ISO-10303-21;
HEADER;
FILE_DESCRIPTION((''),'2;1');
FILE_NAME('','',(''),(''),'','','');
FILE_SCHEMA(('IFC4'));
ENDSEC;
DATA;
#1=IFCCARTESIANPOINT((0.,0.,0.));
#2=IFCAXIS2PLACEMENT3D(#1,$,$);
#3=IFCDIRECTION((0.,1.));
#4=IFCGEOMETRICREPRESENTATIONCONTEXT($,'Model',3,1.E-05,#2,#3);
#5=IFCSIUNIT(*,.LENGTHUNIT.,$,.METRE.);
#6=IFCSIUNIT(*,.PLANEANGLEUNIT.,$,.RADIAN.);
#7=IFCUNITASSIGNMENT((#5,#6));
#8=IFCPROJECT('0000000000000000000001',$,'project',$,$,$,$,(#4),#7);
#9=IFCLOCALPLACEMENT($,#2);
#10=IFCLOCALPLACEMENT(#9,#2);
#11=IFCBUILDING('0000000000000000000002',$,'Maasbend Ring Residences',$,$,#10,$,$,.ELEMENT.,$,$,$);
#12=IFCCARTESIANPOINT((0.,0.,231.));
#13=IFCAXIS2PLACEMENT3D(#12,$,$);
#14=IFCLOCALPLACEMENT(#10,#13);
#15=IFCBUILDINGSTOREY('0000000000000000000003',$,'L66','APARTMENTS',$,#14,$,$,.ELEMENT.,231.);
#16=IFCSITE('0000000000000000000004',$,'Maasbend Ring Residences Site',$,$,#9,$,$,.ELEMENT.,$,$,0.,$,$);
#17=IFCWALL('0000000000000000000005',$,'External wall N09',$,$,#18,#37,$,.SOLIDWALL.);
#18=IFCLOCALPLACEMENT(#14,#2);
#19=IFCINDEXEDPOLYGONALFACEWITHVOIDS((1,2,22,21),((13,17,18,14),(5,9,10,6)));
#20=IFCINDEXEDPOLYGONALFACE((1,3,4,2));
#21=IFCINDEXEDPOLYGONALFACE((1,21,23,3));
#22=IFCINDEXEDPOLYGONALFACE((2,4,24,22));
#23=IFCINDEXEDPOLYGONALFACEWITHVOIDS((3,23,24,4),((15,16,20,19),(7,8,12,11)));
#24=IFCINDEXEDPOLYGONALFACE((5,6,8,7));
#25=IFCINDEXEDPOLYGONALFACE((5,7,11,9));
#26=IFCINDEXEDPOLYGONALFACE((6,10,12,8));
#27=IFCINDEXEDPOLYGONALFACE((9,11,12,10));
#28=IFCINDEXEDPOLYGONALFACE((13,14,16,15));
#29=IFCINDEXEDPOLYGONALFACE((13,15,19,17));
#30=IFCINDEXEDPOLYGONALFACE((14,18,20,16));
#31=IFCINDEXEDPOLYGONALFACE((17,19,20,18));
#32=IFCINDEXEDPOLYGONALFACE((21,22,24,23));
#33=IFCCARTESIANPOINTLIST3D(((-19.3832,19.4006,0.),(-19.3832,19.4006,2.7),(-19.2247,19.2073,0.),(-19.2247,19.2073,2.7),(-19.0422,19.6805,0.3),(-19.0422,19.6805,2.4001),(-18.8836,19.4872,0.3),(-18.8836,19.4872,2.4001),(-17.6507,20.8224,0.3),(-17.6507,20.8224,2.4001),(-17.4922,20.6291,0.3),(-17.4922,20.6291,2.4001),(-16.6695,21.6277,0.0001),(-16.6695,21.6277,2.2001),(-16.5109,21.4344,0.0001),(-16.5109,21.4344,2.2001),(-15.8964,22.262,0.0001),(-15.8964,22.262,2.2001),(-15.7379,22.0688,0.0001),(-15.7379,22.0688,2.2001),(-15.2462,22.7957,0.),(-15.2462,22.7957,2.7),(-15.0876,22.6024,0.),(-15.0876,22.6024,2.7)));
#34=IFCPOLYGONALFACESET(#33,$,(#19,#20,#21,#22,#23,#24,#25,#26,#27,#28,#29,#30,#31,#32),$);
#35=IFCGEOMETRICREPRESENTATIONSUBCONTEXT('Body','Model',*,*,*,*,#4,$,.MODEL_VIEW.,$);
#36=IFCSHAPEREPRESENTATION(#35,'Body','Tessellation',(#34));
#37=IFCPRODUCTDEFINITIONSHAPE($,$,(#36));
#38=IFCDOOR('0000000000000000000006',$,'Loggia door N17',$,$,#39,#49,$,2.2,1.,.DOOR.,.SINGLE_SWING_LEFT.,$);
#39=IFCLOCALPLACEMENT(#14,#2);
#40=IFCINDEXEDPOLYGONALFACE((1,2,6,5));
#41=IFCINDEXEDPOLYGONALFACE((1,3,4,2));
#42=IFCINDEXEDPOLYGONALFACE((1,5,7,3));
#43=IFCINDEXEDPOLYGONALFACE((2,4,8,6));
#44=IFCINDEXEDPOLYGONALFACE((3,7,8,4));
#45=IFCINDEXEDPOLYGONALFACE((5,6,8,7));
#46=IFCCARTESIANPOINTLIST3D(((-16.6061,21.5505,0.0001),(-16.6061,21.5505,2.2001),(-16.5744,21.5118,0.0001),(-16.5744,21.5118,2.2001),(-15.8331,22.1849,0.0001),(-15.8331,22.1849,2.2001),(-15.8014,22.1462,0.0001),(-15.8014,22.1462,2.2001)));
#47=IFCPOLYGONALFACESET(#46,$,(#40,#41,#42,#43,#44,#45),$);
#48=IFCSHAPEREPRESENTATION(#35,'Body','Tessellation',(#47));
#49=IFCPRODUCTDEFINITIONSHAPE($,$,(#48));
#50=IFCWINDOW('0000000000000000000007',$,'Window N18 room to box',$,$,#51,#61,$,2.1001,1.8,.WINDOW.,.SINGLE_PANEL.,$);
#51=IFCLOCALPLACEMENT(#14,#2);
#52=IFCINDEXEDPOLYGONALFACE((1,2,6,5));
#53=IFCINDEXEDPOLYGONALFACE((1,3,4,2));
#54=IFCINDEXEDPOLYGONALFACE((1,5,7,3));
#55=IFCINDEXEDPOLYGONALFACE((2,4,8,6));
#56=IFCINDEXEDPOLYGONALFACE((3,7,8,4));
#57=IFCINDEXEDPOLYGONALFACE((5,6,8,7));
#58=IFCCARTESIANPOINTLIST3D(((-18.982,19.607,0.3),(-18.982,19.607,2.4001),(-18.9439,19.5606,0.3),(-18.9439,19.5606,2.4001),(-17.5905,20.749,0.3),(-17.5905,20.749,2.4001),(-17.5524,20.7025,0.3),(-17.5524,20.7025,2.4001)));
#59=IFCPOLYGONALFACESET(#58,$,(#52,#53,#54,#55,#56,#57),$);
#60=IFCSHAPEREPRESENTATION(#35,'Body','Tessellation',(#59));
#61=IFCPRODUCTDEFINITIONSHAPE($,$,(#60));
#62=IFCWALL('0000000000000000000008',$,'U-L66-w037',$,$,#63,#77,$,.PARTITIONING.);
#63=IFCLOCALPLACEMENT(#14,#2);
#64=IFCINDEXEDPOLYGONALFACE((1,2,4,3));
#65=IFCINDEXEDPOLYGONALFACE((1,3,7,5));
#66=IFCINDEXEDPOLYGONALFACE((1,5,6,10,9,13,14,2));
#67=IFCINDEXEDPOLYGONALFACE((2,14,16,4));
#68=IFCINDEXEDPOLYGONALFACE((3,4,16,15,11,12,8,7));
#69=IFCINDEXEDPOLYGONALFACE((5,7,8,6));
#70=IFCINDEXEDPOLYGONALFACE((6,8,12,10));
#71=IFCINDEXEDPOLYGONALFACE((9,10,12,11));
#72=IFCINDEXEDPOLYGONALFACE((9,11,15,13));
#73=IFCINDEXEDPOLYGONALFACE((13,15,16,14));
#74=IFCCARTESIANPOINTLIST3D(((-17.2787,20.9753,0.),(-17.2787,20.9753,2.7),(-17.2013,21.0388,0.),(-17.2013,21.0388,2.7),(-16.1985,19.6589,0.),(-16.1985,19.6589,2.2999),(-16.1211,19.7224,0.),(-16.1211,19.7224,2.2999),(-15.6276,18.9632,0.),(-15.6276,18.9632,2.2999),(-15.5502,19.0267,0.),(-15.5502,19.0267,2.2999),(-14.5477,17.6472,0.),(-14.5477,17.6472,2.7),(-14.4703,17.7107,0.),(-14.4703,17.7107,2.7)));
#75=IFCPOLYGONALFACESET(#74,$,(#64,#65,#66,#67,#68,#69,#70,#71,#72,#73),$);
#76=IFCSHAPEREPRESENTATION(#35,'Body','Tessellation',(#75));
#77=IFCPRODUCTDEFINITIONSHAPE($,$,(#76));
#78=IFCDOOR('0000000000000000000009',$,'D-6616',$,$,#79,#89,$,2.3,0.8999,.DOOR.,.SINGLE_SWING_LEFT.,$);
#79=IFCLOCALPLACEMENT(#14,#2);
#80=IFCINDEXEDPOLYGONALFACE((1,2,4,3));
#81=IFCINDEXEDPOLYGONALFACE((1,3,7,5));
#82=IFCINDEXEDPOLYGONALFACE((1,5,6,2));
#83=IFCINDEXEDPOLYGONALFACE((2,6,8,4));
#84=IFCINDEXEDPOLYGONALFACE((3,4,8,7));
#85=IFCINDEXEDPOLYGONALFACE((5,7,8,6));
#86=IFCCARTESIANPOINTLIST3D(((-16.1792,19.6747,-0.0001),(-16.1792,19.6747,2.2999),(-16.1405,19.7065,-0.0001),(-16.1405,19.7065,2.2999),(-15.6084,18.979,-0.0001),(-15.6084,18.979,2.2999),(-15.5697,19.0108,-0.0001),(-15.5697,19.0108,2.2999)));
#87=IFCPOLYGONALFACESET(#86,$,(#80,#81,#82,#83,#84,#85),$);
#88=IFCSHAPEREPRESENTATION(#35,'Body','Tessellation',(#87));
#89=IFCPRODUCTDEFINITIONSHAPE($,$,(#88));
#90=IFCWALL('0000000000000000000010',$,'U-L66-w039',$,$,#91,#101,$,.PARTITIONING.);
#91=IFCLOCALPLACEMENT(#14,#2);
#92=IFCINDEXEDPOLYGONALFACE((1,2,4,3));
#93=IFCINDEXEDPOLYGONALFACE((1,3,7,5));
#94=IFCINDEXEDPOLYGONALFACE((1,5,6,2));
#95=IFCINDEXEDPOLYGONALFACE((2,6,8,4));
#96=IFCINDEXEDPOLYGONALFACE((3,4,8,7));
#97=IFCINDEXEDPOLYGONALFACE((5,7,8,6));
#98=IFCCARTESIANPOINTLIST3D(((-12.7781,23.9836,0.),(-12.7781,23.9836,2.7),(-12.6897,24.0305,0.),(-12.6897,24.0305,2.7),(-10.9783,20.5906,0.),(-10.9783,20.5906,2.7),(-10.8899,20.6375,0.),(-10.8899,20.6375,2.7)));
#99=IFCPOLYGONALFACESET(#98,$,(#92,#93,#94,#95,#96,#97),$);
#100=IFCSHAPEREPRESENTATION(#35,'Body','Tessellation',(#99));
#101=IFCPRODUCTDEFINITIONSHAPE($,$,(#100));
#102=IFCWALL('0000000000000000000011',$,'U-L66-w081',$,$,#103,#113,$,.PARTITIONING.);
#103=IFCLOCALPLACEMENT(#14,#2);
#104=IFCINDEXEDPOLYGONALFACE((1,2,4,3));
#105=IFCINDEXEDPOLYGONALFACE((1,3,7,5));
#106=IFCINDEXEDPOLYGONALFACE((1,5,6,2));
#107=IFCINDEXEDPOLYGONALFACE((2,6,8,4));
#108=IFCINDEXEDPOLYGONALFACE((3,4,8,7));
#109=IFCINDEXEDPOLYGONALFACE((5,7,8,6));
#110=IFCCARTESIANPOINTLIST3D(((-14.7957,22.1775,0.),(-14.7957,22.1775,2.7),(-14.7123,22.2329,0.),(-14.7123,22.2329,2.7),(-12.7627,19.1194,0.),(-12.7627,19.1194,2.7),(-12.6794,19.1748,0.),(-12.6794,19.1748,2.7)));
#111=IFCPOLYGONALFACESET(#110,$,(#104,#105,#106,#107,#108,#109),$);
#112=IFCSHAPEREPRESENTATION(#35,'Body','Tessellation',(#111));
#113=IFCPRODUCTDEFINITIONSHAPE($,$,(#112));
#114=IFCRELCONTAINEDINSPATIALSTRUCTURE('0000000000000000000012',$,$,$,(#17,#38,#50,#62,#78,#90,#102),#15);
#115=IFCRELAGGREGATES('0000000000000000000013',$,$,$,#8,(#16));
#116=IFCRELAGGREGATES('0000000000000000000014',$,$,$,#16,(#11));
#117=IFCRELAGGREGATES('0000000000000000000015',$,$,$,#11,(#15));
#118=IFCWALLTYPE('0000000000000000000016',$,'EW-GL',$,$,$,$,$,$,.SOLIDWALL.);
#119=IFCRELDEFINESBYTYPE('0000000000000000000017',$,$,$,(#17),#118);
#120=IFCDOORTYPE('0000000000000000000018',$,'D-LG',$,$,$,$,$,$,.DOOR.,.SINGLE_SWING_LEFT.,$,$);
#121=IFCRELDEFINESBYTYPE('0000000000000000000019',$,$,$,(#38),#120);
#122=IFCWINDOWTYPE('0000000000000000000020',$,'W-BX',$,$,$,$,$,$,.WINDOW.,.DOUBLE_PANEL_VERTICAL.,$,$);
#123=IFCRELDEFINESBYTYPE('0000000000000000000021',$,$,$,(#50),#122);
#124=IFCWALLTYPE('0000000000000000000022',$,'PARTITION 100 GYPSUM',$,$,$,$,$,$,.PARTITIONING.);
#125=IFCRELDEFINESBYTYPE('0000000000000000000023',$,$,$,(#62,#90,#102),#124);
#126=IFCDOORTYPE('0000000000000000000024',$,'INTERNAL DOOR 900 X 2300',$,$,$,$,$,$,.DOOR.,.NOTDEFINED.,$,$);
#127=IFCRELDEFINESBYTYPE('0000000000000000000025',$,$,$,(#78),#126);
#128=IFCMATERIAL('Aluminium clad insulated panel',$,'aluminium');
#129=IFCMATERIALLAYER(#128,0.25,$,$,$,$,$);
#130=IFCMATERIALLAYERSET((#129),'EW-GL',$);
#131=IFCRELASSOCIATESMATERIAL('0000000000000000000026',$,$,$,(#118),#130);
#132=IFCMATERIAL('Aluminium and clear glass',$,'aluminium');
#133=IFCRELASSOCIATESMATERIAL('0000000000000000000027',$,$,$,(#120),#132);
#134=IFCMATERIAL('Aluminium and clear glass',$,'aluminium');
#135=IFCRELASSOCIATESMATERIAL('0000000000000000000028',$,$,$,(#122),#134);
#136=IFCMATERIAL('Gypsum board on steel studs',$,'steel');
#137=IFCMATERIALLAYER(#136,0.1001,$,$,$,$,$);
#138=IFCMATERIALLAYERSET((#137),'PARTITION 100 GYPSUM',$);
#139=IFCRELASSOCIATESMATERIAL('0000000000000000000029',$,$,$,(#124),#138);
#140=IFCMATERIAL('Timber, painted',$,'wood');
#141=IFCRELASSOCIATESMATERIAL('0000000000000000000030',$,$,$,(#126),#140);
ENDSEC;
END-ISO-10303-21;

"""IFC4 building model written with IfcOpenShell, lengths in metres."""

from ifc_helpers import new_model, si_unit, direction, frame, frame_2d, origin, place, context, subcontext, project, spatial, rectangle, extrude, material, layer, layer_set, type_object, element, fill, save


model = new_model("IFC4")

# Units and contexts
model_context = context("Model", 3, precision=1e-05, world=origin(), true_north=direction((0.0, 1.0)))
body_context = subcontext(model_context, "Body", "Model", "MODEL_VIEW")
ifc_project = project(units=[si_unit("LENGTHUNIT", "METRE"), si_unit("PLANEANGLEUNIT", "RADIAN")], contexts=[model_context])

# Site, building, storey
site_placement = place(None, origin())
site = spatial("IfcSite", under=ifc_project, at=site_placement, Name="Maasbend Ring Residences Site", CompositionType="ELEMENT", RefElevation=0.0)
building_placement = place(site_placement, origin())
building = spatial("IfcBuilding", under=site, at=building_placement, Name="Maasbend Ring Residences", CompositionType="ELEMENT")
storey_placement = place(building_placement, frame((0.0, 0.0, 231.0)))
storey = spatial("IfcBuildingStorey", under=building, at=storey_placement, Name="L66", Description="APARTMENTS", CompositionType="ELEMENT", Elevation=231.0)

# Wall, openings, door, window
ifc_material_1 = material(Name="Aluminium clad insulated panel", Category="aluminium")
ifc_layer_1 = layer(ifc_material_1, 0.25)
ifc_layer_set_1 = layer_set([ifc_layer_1], Name="EW-GL")
wall_type_1 = type_object("IfcWallType", Name="EW-GL", PredefinedType="SOLIDWALL", material=ifc_layer_set_1)
wall_1_placement = place(storey_placement, frame((-15.167, 22.699, 0.0), z_axis=(0.0, 0.0, 1.0), x_axis=(-0.773019, -0.634382, 0.0)))
wall_1 = element("IfcWall", 1, at=wall_1_placement, inside=storey, type_object=wall_type_1, Name="External wall N09", PredefinedType="SOLIDWALL", context=body_context, shape_type="SweptSolid", body=[
    extrude(rectangle(XDim=5.3518, YDim=0.25, at=frame_2d((2.6758, 0.0))), origin(), (0.0, 0.0, 1.0), 2.7),
])
opening_1_placement = place(wall_1_placement, frame((0.8411, 0.0, 0.0)))
opening_1 = element("IfcOpeningElement", 2, at=opening_1_placement, cuts=wall_1, PredefinedType="OPENING", context=body_context, shape_type="SweptSolid", body=[
    extrude(rectangle(XDim=1.0, YDim=2.2, at=frame_2d((0.5, 1.1001))), frame((0.0, 0.135, 0.0), z_axis=(0.0, -1.0, 0.0), x_axis=(1.0, 0.0, 0.0)), (0.0, 0.0, 1.0), 0.27),
])
opening_2_placement = place(wall_1_placement, frame((3.1106, 0.0, 0.3)))
opening_2 = element("IfcOpeningElement", 3, at=opening_2_placement, cuts=wall_1, PredefinedType="OPENING", context=body_context, shape_type="SweptSolid", body=[
    extrude(rectangle(XDim=1.8, YDim=2.1001, at=frame_2d((0.8999, 1.05))), frame((0.0, 0.135, 0.0), z_axis=(0.0, -1.0, 0.0), x_axis=(1.0, 0.0, 0.0)), (0.0, 0.0, 1.0), 0.27),
])
ifc_material_2 = material(Name="Aluminium and clear glass", Category="aluminium")
door_type_1 = type_object("IfcDoorType", Name="D-LG", OperationType="SINGLE_SWING_LEFT", PredefinedType="DOOR", material=ifc_material_2)
door_1_placement = place(opening_1_placement, origin())
door_1 = element("IfcDoor", 4, at=door_1_placement, inside=storey, type_object=door_type_1, Name="Loggia door N17", OperationType="SINGLE_SWING_LEFT", OverallHeight=2.2, OverallWidth=1.0, PredefinedType="DOOR", context=body_context, shape_type="SweptSolid", body=[
    extrude(rectangle(XDim=1.0, YDim=2.2, at=frame_2d((0.5, 1.1001))), frame((0.0, 0.0249, 0.0), z_axis=(0.0, -1.0, 0.0), x_axis=(1.0, 0.0, 0.0)), (0.0, 0.0, 1.0), 0.05),
])
fill(opening_1, door_1)
ifc_material_3 = material(Name="Aluminium and clear glass", Category="aluminium")
window_type_1 = type_object("IfcWindowType", Name="W-BX", PartitioningType="DOUBLE_PANEL_VERTICAL", PredefinedType="WINDOW", material=ifc_material_3)
window_1_placement = place(opening_2_placement, origin())
window_1 = element("IfcWindow", 5, at=window_1_placement, inside=storey, type_object=window_type_1, Name="Window N18 room to box", OverallHeight=2.1001, OverallWidth=1.8, PartitioningType="SINGLE_PANEL", PredefinedType="WINDOW", context=body_context, shape_type="SweptSolid", body=[
    extrude(rectangle(XDim=1.8, YDim=2.1001, at=frame_2d((0.8999, 1.05))), frame((0.0, 0.03, 0.0), z_axis=(0.0, -1.0, 0.0), x_axis=(1.0, 0.0, 0.0)), (0.0, 0.0, 1.0), 0.0601),
])
fill(opening_2, window_1)

# Wall, opening, door
ifc_material_4 = material(Name="Gypsum board on steel studs", Category="steel")
ifc_layer_2 = layer(ifc_material_4, 0.1001)
ifc_layer_set_2 = layer_set([ifc_layer_2], Name="PARTITION 100 GYPSUM")
wall_type_2 = type_object("IfcWallType", Name="PARTITION 100 GYPSUM", PredefinedType="PARTITIONING", material=ifc_layer_set_2)
wall_2_placement = place(storey_placement, frame((-17.24, 21.0071, 0.0), z_axis=(0.0, 0.0, 1.0), x_axis=(0.634343, -0.773052, 0.0)))
wall_2 = element("IfcWall", 6, at=wall_2_placement, inside=storey, type_object=wall_type_2, Name="U-L66-w037", PredefinedType="PARTITIONING", context=body_context, shape_type="SweptSolid", body=[
    extrude(rectangle(XDim=4.3052, YDim=0.1001, at=frame_2d((2.1526, 0.0))), origin(), (0.0, 0.0, 1.0), 2.7),
])
opening_3_placement = place(wall_2_placement, frame((1.7029, 0.0, 0.0)))
opening_3 = element("IfcOpeningElement", 7, at=opening_3_placement, cuts=wall_2, PredefinedType="OPENING", context=body_context, shape_type="SweptSolid", body=[
    extrude(rectangle(XDim=0.8999, YDim=2.3, at=frame_2d((0.45, 1.1499))), frame((0.0, 0.0601, 0.0), z_axis=(0.0, -1.0, 0.0), x_axis=(1.0, 0.0, 0.0)), (0.0, 0.0, 1.0), 0.1201),
])
ifc_material_5 = material(Name="Timber, painted", Category="wood")
door_type_2 = type_object("IfcDoorType", Name="INTERNAL DOOR 900 X 2300", OperationType="NOTDEFINED", PredefinedType="DOOR", material=ifc_material_5)
door_2_placement = place(opening_3_placement, origin())
door_2 = element("IfcDoor", 8, at=door_2_placement, inside=storey, type_object=door_type_2, Name="D-6616", OperationType="SINGLE_SWING_LEFT", OverallHeight=2.3, OverallWidth=0.8999, PredefinedType="DOOR", context=body_context, shape_type="SweptSolid", body=[
    extrude(rectangle(XDim=0.8999, YDim=2.3, at=frame_2d((0.45, 1.1499))), frame((0.0, 0.0249, 0.0), z_axis=(0.0, -1.0, 0.0), x_axis=(1.0, 0.0, 0.0)), (0.0, 0.0, 1.0), 0.05),
])
fill(opening_3, door_2)

# Walls
wall_3_placement = place(storey_placement, frame((-12.7339, 24.0071, 0.0), z_axis=(0.0, 0.0, 1.0), x_axis=(0.468594, -0.883413, 0.0)))
element("IfcWall", 9, at=wall_3_placement, inside=storey, type_object=wall_type_2, Name="U-L66-w039", PredefinedType="PARTITIONING", context=body_context, shape_type="SweptSolid", body=[
    extrude(rectangle(XDim=3.8408, YDim=0.1001, at=frame_2d((1.9204, 0.0))), origin(), (0.0, 0.0, 1.0), 2.7),
])
wall_4_placement = place(storey_placement, frame((-14.7539, 22.2051, 0.0), z_axis=(0.0, 0.0, 1.0), x_axis=(0.55361, -0.832776, 0.0)))
element("IfcWall", 10, at=wall_4_placement, inside=storey, type_object=wall_type_2, Name="U-L66-w081", PredefinedType="PARTITIONING", context=body_context, shape_type="SweptSolid", body=[
    extrude(rectangle(XDim=3.6721, YDim=0.1001, at=frame_2d((1.8359, 0.0))), origin(), (0.0, 0.0, 1.0), 2.7),
])

save(model, "model.ifc")
